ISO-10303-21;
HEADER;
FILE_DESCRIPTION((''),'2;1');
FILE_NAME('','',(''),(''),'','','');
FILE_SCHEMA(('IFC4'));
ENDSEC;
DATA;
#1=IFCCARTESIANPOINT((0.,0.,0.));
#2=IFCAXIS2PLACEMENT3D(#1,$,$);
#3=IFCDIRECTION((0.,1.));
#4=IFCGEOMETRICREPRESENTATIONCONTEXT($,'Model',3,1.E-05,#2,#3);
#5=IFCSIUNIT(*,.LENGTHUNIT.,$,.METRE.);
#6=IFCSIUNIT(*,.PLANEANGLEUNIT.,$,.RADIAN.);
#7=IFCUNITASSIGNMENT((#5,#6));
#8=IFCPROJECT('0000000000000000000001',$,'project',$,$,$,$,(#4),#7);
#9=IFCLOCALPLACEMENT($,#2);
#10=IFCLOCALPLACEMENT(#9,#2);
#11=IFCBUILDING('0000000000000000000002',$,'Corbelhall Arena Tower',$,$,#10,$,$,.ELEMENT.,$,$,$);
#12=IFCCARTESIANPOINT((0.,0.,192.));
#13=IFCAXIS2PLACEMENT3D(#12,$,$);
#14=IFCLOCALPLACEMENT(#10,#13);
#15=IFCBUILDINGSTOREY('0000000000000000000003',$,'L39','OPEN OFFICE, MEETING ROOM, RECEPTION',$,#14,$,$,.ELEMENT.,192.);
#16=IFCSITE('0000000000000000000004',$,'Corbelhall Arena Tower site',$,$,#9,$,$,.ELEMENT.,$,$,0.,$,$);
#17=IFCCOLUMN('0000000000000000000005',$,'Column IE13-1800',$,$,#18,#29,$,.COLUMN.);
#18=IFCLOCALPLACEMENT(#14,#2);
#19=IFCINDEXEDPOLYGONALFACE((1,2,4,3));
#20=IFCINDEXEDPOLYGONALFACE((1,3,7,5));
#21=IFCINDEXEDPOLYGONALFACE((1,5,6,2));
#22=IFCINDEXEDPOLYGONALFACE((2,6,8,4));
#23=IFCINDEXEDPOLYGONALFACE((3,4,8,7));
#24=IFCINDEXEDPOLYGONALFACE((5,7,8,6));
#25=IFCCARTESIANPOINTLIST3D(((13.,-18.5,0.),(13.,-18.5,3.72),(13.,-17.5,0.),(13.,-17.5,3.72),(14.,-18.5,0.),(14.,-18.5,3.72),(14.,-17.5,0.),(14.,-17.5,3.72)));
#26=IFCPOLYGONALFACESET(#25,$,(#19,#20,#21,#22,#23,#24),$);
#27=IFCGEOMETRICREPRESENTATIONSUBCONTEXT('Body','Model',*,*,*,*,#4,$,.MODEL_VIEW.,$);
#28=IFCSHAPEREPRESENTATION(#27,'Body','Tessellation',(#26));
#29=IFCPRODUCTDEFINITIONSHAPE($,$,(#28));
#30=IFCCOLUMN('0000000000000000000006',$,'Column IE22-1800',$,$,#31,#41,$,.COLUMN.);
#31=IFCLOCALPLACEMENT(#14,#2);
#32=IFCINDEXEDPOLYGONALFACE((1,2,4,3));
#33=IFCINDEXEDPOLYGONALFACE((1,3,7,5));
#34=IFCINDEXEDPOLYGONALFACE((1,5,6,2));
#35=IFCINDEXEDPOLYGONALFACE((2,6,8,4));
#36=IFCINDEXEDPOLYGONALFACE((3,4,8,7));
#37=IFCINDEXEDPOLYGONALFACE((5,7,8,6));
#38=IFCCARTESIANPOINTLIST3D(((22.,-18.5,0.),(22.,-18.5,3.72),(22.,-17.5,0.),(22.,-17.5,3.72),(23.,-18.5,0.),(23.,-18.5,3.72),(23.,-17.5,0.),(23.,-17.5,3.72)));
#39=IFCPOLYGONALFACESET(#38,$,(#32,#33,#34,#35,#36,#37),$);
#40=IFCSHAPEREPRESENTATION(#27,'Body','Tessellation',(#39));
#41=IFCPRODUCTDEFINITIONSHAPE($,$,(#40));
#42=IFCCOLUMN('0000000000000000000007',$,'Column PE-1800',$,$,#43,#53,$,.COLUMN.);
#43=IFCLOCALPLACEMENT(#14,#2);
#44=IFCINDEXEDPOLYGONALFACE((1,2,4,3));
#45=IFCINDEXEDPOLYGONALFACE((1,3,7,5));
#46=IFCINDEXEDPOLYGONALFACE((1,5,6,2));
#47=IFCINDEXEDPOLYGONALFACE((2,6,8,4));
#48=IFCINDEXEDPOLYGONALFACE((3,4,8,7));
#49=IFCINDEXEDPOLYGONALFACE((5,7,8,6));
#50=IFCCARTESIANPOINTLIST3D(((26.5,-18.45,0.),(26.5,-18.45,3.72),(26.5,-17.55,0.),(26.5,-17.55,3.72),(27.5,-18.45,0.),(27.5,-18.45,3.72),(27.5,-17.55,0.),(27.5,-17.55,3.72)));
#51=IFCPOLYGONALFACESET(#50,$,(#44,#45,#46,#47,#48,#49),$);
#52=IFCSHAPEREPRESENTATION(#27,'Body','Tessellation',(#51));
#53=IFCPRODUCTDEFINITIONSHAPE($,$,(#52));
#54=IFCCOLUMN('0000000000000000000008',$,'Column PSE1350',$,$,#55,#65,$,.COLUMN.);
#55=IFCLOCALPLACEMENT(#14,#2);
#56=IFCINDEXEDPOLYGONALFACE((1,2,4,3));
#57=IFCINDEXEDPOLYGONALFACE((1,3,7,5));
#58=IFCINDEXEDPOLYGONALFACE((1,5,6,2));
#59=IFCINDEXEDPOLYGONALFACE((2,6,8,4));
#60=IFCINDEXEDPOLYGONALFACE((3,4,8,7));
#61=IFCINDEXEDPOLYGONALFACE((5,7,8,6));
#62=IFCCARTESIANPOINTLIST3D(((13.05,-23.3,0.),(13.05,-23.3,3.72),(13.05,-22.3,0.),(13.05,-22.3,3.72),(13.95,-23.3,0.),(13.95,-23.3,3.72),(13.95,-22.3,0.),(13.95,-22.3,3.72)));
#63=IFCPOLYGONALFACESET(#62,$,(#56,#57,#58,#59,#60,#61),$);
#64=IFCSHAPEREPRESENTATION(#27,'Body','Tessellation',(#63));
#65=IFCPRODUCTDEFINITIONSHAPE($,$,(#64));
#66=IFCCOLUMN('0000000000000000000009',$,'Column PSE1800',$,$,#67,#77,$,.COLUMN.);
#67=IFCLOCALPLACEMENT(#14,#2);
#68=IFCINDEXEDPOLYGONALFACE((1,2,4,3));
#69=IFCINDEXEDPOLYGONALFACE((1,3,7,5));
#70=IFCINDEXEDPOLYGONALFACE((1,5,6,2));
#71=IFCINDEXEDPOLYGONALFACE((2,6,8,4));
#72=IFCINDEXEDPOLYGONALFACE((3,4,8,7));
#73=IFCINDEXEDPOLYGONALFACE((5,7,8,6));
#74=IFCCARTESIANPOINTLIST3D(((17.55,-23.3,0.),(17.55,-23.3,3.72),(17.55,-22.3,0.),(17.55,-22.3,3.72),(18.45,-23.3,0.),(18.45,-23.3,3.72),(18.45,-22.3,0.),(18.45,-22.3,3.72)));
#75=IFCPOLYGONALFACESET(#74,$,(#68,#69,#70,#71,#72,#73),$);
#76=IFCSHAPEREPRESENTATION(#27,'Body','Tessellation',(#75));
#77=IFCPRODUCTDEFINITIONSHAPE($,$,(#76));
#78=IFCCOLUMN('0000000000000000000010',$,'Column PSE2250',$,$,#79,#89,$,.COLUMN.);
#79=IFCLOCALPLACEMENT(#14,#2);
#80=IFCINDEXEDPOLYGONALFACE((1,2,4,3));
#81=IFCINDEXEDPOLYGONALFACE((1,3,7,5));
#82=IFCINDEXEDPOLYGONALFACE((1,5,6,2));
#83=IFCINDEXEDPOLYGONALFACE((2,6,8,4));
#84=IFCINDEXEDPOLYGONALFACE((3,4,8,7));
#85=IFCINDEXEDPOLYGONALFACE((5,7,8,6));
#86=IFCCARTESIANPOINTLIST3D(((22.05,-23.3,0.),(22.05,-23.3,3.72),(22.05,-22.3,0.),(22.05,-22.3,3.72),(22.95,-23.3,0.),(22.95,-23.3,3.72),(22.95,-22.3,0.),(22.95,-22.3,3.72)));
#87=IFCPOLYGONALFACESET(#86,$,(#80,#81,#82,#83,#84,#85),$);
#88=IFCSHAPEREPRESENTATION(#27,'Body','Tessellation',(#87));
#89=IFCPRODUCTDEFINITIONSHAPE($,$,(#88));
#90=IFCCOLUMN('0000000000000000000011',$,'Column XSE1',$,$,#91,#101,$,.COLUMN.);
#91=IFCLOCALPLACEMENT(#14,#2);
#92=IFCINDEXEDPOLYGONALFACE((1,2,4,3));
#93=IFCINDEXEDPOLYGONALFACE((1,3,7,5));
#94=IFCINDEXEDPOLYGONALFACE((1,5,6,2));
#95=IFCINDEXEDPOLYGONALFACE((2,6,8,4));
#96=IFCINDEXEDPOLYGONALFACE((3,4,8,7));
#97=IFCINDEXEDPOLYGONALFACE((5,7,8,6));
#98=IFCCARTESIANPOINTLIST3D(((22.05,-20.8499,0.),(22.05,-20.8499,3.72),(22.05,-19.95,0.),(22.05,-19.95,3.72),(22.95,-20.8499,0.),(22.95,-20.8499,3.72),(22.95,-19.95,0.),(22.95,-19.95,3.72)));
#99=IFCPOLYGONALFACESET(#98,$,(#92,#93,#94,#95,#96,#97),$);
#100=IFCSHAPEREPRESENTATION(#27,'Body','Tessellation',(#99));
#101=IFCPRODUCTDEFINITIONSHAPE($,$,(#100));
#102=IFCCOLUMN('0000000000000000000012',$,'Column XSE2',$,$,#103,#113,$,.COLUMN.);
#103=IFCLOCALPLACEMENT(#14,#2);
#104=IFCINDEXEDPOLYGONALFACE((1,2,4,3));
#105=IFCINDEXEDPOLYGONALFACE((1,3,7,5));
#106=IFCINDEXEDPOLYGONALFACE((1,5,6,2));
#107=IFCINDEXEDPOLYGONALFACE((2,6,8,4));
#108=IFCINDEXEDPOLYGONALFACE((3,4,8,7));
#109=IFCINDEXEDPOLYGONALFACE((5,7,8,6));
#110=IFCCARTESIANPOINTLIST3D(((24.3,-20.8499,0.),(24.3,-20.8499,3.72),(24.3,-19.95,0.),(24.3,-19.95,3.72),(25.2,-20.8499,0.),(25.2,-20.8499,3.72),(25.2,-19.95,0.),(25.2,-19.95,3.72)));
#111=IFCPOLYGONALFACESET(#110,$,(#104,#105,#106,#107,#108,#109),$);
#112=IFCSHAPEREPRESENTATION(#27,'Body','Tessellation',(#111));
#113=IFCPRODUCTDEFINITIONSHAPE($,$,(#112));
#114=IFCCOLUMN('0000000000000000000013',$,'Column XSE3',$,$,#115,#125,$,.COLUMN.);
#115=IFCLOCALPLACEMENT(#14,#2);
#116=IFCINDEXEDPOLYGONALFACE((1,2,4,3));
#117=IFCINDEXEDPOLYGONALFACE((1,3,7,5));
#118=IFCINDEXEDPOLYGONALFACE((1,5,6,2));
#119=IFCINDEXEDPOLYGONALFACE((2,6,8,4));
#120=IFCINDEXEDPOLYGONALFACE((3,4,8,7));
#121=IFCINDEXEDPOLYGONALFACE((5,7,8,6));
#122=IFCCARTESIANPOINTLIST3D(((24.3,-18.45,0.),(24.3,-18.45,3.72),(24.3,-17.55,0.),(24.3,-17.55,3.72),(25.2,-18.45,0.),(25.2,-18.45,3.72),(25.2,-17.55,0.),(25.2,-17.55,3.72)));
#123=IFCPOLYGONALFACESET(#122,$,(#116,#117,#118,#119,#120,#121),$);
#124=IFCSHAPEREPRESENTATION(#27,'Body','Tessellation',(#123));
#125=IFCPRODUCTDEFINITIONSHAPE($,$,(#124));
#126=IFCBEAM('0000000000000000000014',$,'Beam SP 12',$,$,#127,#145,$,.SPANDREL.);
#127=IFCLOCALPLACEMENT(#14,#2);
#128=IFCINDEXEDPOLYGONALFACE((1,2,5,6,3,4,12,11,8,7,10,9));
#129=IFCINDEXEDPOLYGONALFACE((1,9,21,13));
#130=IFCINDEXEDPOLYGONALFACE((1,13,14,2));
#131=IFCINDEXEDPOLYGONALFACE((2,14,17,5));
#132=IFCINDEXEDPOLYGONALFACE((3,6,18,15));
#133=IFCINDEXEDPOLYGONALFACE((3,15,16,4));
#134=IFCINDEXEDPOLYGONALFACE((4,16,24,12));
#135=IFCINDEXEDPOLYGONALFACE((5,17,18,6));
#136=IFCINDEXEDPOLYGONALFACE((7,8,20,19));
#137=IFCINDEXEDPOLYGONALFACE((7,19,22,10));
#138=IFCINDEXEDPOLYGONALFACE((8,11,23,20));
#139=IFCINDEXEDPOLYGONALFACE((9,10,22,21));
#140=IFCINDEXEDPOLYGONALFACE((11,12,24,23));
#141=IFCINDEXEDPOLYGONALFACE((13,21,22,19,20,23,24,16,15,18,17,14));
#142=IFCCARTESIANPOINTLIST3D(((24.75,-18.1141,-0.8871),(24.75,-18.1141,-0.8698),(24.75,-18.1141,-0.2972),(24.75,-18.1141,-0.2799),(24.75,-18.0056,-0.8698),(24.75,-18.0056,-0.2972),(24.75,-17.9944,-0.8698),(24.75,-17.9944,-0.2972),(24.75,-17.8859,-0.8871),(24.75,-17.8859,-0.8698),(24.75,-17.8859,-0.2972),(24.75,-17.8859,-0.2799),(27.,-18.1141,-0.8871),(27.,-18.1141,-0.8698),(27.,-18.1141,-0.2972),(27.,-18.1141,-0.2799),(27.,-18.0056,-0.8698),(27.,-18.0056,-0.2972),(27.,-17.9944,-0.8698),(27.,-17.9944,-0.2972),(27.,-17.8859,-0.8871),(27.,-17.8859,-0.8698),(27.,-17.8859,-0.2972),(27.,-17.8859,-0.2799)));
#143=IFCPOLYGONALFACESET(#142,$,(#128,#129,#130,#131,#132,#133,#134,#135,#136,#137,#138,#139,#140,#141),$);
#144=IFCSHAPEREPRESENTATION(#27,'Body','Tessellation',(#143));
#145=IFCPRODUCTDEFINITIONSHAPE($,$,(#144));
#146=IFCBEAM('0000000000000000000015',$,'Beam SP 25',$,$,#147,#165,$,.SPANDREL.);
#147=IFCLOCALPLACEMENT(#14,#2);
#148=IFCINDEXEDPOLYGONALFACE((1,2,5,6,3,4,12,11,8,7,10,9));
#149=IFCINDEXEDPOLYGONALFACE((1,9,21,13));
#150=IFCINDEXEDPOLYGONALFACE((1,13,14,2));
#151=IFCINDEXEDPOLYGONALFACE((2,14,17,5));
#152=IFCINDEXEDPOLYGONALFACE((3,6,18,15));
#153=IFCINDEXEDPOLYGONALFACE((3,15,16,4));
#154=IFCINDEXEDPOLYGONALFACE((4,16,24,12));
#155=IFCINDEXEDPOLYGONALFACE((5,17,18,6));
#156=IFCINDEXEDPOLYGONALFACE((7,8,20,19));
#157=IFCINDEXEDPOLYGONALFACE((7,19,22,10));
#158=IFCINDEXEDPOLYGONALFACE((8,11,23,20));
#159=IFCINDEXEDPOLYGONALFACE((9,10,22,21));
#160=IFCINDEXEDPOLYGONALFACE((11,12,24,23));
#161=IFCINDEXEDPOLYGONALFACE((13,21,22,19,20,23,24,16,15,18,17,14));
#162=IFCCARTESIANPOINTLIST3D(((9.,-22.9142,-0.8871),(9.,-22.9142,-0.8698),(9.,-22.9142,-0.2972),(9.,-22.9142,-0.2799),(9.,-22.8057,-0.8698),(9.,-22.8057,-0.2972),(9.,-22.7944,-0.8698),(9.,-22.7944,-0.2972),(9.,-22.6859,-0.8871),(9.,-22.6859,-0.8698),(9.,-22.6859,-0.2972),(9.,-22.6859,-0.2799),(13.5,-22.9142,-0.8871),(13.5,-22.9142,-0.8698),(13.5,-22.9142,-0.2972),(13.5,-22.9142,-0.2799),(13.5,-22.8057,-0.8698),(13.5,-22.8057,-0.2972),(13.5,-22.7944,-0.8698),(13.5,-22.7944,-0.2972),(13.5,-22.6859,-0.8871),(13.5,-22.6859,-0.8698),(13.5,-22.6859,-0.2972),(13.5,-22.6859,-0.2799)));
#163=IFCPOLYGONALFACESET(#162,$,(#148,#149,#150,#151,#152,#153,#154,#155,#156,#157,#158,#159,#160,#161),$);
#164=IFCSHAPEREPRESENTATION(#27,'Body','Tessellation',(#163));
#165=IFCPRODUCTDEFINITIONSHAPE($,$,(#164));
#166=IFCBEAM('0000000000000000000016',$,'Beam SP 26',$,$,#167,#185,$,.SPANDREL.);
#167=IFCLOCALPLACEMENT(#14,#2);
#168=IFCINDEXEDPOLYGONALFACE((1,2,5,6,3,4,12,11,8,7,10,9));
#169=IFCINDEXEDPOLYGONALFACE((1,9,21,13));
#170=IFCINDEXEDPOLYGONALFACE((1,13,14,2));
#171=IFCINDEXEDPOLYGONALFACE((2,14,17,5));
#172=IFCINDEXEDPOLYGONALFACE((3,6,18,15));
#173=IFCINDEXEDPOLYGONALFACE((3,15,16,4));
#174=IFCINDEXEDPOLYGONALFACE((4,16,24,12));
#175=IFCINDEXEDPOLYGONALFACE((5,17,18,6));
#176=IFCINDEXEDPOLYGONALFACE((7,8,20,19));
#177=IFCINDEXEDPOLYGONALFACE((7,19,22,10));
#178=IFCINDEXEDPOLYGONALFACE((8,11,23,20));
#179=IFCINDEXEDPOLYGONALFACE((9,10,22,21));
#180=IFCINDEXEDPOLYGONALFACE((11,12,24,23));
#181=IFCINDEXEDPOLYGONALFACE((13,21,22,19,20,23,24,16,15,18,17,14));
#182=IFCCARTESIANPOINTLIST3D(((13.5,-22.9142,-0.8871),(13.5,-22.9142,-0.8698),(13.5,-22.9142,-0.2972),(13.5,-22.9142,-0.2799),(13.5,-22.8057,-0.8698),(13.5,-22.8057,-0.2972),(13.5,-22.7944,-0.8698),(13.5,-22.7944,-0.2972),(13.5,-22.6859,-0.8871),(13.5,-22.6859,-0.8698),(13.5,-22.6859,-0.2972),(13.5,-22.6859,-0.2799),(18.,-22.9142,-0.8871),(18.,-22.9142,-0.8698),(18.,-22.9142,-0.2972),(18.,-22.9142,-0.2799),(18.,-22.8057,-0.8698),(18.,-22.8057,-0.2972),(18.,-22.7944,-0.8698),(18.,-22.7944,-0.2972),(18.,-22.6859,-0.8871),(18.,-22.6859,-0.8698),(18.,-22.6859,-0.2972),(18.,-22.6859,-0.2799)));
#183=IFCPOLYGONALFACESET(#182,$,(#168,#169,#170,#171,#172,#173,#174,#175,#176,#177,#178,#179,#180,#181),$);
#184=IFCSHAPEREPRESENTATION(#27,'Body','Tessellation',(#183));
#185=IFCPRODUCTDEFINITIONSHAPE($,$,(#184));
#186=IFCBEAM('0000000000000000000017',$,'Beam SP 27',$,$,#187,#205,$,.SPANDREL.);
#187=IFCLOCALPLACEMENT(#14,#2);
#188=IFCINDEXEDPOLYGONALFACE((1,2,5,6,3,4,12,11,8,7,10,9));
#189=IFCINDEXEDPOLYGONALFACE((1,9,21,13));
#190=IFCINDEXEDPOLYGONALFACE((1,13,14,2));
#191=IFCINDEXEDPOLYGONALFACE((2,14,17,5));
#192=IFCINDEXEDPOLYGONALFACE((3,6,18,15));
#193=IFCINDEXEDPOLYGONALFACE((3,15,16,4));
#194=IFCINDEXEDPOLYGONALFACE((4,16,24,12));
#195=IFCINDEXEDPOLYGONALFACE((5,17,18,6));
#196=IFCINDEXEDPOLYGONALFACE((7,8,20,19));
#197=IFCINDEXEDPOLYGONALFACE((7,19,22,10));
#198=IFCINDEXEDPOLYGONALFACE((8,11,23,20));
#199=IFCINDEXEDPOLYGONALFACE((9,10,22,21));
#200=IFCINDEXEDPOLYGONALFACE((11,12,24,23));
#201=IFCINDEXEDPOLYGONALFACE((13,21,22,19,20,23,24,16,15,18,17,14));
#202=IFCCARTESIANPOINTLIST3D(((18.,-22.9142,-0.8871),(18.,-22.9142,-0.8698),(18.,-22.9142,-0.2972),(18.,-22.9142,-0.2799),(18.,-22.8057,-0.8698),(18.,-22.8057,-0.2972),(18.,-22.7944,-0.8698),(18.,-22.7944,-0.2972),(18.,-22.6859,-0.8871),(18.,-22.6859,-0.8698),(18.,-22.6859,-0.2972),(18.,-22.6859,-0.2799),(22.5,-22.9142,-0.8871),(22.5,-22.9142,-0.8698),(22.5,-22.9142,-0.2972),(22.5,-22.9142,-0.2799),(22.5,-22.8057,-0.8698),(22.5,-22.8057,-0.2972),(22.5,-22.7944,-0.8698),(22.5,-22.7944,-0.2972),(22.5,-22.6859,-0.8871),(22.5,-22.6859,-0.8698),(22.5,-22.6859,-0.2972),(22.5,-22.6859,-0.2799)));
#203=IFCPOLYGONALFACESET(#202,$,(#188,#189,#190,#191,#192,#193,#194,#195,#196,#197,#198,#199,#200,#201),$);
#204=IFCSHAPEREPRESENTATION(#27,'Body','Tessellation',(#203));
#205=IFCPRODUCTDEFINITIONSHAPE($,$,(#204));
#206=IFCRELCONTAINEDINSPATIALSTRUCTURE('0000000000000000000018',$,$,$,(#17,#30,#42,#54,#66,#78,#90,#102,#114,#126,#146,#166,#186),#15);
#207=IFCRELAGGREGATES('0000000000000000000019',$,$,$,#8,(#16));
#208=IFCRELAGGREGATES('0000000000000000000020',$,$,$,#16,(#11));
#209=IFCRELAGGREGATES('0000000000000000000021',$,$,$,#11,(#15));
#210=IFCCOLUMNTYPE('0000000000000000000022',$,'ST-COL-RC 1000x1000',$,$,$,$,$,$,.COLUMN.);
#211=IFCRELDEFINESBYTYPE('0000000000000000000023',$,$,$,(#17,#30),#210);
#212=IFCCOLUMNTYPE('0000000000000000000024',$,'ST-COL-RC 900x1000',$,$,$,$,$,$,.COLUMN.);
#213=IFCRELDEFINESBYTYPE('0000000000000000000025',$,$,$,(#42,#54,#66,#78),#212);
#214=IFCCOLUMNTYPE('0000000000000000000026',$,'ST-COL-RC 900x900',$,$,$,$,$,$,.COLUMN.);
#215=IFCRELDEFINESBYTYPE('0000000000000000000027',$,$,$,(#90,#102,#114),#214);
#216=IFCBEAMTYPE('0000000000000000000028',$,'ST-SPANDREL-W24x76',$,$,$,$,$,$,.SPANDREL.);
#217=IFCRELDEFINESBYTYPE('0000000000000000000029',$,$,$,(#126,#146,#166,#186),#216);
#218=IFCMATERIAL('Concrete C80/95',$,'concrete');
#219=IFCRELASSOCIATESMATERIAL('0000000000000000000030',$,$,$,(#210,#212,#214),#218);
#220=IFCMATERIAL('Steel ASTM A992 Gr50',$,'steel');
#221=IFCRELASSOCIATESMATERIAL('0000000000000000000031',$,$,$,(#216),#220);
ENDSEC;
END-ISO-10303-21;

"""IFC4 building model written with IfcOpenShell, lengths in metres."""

from ifc_helpers import new_model, si_unit, direction, frame, origin, origin_2d, place, context, subcontext, project, spatial, rectangle, i_section, extrude, material, material_profile, profile_set, type_object, element, save


model = new_model("IFC4")

# Units and contexts
model_context = context("Model", 3, precision=1e-05, world=origin(), true_north=direction((0.0, 1.0)))
body_context = subcontext(model_context, "Body", "Model", "MODEL_VIEW")
ifc_project = project(units=[si_unit("LENGTHUNIT", "METRE"), si_unit("PLANEANGLEUNIT", "RADIAN")], contexts=[model_context])

# Site, building, storey
site_placement = place(None, origin())
site = spatial("IfcSite", under=ifc_project, at=site_placement, Name="Corbelhall Arena Tower site", CompositionType="ELEMENT", RefElevation=0.0)
building_placement = place(site_placement, origin())
building = spatial("IfcBuilding", under=site, at=building_placement, Name="Corbelhall Arena Tower", CompositionType="ELEMENT")
storey_placement = place(building_placement, frame((0.0, 0.0, 192.0)))
storey = spatial("IfcBuildingStorey", under=building, at=storey_placement, Name="L39", Description="OPEN OFFICE, MEETING ROOM, RECEPTION", CompositionType="ELEMENT", Elevation=192.0)

# Columns
ifc_material_1 = material(Name="Concrete C80/95", Category="concrete")
ifc_material_profile_1 = material_profile(ifc_material_1, rectangle(XDim=1.0, YDim=1.0, at=origin_2d()))
ifc_profile_set_1 = profile_set([ifc_material_profile_1], Name="Concrete C80/95")
column_type_1 = type_object("IfcColumnType", Name="ST-COL-RC 1000x1000", PredefinedType="COLUMN", material=ifc_profile_set_1)
for number, where, z_axis, x_axis, name in (
    (1, (13.5, -18.0, 0.0), (0.0, 0.0, 1.0), (1.0, 0.0, 0.0), "Column IE13-1800"),
    (2, (22.5, -18.0, 0.0), (0.0, 0.0, 1.0), (1.0, 0.0, 0.0), "Column IE22-1800"),
):
    element("IfcColumn", number, at=place(storey_placement, frame(where, z_axis=z_axis, x_axis=x_axis)), inside=storey, type_object=column_type_1, Name=name, PredefinedType="COLUMN", context=body_context, shape_type="SweptSolid", body=[
        extrude(rectangle(XDim=1.0, YDim=1.0, at=origin_2d()), origin(), (0.0, 0.0, 1.0), 3.72),
    ])
ifc_material_profile_2 = material_profile(ifc_material_1, rectangle(XDim=0.8999, YDim=1.0, at=origin_2d()))
ifc_profile_set_2 = profile_set([ifc_material_profile_2], Name="Concrete C80/95")
column_type_2 = type_object("IfcColumnType", Name="ST-COL-RC 900x1000", PredefinedType="COLUMN", material=ifc_profile_set_2)
for number, where, z_axis, x_axis, name in (
    (3, (27.0, -18.0, 0.0), (0.0, 0.0, 1.0), (0.0, 1.0, 0.0), "Column PE-1800"),
    (4, (13.5, -22.8, 0.0), (0.0, 0.0, 1.0), (1.0, 0.0, 0.0), "Column PSE1350"),
    (5, (18.0, -22.8, 0.0), (0.0, 0.0, 1.0), (1.0, 0.0, 0.0), "Column PSE1800"),
    (6, (22.5, -22.8, 0.0), (0.0, 0.0, 1.0), (1.0, 0.0, 0.0), "Column PSE2250"),
):
    element("IfcColumn", number, at=place(storey_placement, frame(where, z_axis=z_axis, x_axis=x_axis)), inside=storey, type_object=column_type_2, Name=name, PredefinedType="COLUMN", context=body_context, shape_type="SweptSolid", body=[
        extrude(rectangle(XDim=0.8999, YDim=1.0, at=origin_2d()), origin(), (0.0, 0.0, 1.0), 3.72),
    ])
ifc_material_profile_3 = material_profile(ifc_material_1, rectangle(XDim=0.8999, YDim=0.8999, at=origin_2d()))
ifc_profile_set_3 = profile_set([ifc_material_profile_3], Name="Concrete C80/95")
column_type_3 = type_object("IfcColumnType", Name="ST-COL-RC 900x900", PredefinedType="COLUMN", material=ifc_profile_set_3)
for number, where, z_axis, x_axis, name in (
    (7, (22.5, -20.3999, 0.0), (0.0, 0.0, 1.0), (1.0, 0.0, 0.0), "Column XSE1"),
    (8, (24.75, -20.3999, 0.0), (0.0, 0.0, 1.0), (1.0, 0.0, 0.0), "Column XSE2"),
    (9, (24.75, -18.0, 0.0), (0.0, 0.0, 1.0), (1.0, 0.0, 0.0), "Column XSE3"),
):
    element("IfcColumn", number, at=place(storey_placement, frame(where, z_axis=z_axis, x_axis=x_axis)), inside=storey, type_object=column_type_3, Name=name, PredefinedType="COLUMN", context=body_context, shape_type="SweptSolid", body=[
        extrude(rectangle(XDim=0.8999, YDim=0.8999, at=origin_2d()), origin(), (0.0, 0.0, 1.0), 3.72),
    ])

# Beams
ifc_material_2 = material(Name="Steel ASTM A992 Gr50", Category="steel")
ifc_material_profile_4 = material_profile(ifc_material_2, i_section(OverallWidth=0.2283, OverallDepth=0.6072, WebThickness=0.0112, FlangeThickness=0.0173, at=origin_2d()))
ifc_profile_set_4 = profile_set([ifc_material_profile_4], Name="Steel ASTM A992 Gr50")
beam_type = type_object("IfcBeamType", Name="ST-SPANDREL-W24x76", PredefinedType="SPANDREL", material=ifc_profile_set_4)
beam_1_placement = place(storey_placement, frame((27.0, -18.0, -0.5835), z_axis=(-1.0, 0.0, 0.0), x_axis=(0.0, -1.0, 0.0)))
element("IfcBeam", 10, at=beam_1_placement, inside=storey, type_object=beam_type, Name="Beam SP 12", PredefinedType="SPANDREL", context=body_context, shape_type="SweptSolid", body=[
    extrude(i_section(OverallWidth=0.2283, OverallDepth=0.6072, WebThickness=0.0112, FlangeThickness=0.0173, at=origin_2d()), origin(), (0.0, 0.0, 1.0), 2.25),
])
for number, where, z_axis, x_axis, name in (
    (11, (13.5, -22.8, -0.5835), (-1.0, 0.0, 0.0), (0.0, -1.0, 0.0), "Beam SP 25"),
    (12, (18.0, -22.8, -0.5835), (-1.0, 0.0, 0.0), (0.0, -1.0, 0.0), "Beam SP 26"),
    (13, (22.5, -22.8, -0.5835), (-1.0, 0.0, 0.0), (0.0, -1.0, 0.0), "Beam SP 27"),
):
    element("IfcBeam", number, at=place(storey_placement, frame(where, z_axis=z_axis, x_axis=x_axis)), inside=storey, type_object=beam_type, Name=name, PredefinedType="SPANDREL", context=body_context, shape_type="SweptSolid", body=[
        extrude(i_section(OverallWidth=0.2283, OverallDepth=0.6072, WebThickness=0.0112, FlangeThickness=0.0173, at=origin_2d()), origin(), (0.0, 0.0, 1.0), 4.5),
    ])

save(model, "model.ifc")
